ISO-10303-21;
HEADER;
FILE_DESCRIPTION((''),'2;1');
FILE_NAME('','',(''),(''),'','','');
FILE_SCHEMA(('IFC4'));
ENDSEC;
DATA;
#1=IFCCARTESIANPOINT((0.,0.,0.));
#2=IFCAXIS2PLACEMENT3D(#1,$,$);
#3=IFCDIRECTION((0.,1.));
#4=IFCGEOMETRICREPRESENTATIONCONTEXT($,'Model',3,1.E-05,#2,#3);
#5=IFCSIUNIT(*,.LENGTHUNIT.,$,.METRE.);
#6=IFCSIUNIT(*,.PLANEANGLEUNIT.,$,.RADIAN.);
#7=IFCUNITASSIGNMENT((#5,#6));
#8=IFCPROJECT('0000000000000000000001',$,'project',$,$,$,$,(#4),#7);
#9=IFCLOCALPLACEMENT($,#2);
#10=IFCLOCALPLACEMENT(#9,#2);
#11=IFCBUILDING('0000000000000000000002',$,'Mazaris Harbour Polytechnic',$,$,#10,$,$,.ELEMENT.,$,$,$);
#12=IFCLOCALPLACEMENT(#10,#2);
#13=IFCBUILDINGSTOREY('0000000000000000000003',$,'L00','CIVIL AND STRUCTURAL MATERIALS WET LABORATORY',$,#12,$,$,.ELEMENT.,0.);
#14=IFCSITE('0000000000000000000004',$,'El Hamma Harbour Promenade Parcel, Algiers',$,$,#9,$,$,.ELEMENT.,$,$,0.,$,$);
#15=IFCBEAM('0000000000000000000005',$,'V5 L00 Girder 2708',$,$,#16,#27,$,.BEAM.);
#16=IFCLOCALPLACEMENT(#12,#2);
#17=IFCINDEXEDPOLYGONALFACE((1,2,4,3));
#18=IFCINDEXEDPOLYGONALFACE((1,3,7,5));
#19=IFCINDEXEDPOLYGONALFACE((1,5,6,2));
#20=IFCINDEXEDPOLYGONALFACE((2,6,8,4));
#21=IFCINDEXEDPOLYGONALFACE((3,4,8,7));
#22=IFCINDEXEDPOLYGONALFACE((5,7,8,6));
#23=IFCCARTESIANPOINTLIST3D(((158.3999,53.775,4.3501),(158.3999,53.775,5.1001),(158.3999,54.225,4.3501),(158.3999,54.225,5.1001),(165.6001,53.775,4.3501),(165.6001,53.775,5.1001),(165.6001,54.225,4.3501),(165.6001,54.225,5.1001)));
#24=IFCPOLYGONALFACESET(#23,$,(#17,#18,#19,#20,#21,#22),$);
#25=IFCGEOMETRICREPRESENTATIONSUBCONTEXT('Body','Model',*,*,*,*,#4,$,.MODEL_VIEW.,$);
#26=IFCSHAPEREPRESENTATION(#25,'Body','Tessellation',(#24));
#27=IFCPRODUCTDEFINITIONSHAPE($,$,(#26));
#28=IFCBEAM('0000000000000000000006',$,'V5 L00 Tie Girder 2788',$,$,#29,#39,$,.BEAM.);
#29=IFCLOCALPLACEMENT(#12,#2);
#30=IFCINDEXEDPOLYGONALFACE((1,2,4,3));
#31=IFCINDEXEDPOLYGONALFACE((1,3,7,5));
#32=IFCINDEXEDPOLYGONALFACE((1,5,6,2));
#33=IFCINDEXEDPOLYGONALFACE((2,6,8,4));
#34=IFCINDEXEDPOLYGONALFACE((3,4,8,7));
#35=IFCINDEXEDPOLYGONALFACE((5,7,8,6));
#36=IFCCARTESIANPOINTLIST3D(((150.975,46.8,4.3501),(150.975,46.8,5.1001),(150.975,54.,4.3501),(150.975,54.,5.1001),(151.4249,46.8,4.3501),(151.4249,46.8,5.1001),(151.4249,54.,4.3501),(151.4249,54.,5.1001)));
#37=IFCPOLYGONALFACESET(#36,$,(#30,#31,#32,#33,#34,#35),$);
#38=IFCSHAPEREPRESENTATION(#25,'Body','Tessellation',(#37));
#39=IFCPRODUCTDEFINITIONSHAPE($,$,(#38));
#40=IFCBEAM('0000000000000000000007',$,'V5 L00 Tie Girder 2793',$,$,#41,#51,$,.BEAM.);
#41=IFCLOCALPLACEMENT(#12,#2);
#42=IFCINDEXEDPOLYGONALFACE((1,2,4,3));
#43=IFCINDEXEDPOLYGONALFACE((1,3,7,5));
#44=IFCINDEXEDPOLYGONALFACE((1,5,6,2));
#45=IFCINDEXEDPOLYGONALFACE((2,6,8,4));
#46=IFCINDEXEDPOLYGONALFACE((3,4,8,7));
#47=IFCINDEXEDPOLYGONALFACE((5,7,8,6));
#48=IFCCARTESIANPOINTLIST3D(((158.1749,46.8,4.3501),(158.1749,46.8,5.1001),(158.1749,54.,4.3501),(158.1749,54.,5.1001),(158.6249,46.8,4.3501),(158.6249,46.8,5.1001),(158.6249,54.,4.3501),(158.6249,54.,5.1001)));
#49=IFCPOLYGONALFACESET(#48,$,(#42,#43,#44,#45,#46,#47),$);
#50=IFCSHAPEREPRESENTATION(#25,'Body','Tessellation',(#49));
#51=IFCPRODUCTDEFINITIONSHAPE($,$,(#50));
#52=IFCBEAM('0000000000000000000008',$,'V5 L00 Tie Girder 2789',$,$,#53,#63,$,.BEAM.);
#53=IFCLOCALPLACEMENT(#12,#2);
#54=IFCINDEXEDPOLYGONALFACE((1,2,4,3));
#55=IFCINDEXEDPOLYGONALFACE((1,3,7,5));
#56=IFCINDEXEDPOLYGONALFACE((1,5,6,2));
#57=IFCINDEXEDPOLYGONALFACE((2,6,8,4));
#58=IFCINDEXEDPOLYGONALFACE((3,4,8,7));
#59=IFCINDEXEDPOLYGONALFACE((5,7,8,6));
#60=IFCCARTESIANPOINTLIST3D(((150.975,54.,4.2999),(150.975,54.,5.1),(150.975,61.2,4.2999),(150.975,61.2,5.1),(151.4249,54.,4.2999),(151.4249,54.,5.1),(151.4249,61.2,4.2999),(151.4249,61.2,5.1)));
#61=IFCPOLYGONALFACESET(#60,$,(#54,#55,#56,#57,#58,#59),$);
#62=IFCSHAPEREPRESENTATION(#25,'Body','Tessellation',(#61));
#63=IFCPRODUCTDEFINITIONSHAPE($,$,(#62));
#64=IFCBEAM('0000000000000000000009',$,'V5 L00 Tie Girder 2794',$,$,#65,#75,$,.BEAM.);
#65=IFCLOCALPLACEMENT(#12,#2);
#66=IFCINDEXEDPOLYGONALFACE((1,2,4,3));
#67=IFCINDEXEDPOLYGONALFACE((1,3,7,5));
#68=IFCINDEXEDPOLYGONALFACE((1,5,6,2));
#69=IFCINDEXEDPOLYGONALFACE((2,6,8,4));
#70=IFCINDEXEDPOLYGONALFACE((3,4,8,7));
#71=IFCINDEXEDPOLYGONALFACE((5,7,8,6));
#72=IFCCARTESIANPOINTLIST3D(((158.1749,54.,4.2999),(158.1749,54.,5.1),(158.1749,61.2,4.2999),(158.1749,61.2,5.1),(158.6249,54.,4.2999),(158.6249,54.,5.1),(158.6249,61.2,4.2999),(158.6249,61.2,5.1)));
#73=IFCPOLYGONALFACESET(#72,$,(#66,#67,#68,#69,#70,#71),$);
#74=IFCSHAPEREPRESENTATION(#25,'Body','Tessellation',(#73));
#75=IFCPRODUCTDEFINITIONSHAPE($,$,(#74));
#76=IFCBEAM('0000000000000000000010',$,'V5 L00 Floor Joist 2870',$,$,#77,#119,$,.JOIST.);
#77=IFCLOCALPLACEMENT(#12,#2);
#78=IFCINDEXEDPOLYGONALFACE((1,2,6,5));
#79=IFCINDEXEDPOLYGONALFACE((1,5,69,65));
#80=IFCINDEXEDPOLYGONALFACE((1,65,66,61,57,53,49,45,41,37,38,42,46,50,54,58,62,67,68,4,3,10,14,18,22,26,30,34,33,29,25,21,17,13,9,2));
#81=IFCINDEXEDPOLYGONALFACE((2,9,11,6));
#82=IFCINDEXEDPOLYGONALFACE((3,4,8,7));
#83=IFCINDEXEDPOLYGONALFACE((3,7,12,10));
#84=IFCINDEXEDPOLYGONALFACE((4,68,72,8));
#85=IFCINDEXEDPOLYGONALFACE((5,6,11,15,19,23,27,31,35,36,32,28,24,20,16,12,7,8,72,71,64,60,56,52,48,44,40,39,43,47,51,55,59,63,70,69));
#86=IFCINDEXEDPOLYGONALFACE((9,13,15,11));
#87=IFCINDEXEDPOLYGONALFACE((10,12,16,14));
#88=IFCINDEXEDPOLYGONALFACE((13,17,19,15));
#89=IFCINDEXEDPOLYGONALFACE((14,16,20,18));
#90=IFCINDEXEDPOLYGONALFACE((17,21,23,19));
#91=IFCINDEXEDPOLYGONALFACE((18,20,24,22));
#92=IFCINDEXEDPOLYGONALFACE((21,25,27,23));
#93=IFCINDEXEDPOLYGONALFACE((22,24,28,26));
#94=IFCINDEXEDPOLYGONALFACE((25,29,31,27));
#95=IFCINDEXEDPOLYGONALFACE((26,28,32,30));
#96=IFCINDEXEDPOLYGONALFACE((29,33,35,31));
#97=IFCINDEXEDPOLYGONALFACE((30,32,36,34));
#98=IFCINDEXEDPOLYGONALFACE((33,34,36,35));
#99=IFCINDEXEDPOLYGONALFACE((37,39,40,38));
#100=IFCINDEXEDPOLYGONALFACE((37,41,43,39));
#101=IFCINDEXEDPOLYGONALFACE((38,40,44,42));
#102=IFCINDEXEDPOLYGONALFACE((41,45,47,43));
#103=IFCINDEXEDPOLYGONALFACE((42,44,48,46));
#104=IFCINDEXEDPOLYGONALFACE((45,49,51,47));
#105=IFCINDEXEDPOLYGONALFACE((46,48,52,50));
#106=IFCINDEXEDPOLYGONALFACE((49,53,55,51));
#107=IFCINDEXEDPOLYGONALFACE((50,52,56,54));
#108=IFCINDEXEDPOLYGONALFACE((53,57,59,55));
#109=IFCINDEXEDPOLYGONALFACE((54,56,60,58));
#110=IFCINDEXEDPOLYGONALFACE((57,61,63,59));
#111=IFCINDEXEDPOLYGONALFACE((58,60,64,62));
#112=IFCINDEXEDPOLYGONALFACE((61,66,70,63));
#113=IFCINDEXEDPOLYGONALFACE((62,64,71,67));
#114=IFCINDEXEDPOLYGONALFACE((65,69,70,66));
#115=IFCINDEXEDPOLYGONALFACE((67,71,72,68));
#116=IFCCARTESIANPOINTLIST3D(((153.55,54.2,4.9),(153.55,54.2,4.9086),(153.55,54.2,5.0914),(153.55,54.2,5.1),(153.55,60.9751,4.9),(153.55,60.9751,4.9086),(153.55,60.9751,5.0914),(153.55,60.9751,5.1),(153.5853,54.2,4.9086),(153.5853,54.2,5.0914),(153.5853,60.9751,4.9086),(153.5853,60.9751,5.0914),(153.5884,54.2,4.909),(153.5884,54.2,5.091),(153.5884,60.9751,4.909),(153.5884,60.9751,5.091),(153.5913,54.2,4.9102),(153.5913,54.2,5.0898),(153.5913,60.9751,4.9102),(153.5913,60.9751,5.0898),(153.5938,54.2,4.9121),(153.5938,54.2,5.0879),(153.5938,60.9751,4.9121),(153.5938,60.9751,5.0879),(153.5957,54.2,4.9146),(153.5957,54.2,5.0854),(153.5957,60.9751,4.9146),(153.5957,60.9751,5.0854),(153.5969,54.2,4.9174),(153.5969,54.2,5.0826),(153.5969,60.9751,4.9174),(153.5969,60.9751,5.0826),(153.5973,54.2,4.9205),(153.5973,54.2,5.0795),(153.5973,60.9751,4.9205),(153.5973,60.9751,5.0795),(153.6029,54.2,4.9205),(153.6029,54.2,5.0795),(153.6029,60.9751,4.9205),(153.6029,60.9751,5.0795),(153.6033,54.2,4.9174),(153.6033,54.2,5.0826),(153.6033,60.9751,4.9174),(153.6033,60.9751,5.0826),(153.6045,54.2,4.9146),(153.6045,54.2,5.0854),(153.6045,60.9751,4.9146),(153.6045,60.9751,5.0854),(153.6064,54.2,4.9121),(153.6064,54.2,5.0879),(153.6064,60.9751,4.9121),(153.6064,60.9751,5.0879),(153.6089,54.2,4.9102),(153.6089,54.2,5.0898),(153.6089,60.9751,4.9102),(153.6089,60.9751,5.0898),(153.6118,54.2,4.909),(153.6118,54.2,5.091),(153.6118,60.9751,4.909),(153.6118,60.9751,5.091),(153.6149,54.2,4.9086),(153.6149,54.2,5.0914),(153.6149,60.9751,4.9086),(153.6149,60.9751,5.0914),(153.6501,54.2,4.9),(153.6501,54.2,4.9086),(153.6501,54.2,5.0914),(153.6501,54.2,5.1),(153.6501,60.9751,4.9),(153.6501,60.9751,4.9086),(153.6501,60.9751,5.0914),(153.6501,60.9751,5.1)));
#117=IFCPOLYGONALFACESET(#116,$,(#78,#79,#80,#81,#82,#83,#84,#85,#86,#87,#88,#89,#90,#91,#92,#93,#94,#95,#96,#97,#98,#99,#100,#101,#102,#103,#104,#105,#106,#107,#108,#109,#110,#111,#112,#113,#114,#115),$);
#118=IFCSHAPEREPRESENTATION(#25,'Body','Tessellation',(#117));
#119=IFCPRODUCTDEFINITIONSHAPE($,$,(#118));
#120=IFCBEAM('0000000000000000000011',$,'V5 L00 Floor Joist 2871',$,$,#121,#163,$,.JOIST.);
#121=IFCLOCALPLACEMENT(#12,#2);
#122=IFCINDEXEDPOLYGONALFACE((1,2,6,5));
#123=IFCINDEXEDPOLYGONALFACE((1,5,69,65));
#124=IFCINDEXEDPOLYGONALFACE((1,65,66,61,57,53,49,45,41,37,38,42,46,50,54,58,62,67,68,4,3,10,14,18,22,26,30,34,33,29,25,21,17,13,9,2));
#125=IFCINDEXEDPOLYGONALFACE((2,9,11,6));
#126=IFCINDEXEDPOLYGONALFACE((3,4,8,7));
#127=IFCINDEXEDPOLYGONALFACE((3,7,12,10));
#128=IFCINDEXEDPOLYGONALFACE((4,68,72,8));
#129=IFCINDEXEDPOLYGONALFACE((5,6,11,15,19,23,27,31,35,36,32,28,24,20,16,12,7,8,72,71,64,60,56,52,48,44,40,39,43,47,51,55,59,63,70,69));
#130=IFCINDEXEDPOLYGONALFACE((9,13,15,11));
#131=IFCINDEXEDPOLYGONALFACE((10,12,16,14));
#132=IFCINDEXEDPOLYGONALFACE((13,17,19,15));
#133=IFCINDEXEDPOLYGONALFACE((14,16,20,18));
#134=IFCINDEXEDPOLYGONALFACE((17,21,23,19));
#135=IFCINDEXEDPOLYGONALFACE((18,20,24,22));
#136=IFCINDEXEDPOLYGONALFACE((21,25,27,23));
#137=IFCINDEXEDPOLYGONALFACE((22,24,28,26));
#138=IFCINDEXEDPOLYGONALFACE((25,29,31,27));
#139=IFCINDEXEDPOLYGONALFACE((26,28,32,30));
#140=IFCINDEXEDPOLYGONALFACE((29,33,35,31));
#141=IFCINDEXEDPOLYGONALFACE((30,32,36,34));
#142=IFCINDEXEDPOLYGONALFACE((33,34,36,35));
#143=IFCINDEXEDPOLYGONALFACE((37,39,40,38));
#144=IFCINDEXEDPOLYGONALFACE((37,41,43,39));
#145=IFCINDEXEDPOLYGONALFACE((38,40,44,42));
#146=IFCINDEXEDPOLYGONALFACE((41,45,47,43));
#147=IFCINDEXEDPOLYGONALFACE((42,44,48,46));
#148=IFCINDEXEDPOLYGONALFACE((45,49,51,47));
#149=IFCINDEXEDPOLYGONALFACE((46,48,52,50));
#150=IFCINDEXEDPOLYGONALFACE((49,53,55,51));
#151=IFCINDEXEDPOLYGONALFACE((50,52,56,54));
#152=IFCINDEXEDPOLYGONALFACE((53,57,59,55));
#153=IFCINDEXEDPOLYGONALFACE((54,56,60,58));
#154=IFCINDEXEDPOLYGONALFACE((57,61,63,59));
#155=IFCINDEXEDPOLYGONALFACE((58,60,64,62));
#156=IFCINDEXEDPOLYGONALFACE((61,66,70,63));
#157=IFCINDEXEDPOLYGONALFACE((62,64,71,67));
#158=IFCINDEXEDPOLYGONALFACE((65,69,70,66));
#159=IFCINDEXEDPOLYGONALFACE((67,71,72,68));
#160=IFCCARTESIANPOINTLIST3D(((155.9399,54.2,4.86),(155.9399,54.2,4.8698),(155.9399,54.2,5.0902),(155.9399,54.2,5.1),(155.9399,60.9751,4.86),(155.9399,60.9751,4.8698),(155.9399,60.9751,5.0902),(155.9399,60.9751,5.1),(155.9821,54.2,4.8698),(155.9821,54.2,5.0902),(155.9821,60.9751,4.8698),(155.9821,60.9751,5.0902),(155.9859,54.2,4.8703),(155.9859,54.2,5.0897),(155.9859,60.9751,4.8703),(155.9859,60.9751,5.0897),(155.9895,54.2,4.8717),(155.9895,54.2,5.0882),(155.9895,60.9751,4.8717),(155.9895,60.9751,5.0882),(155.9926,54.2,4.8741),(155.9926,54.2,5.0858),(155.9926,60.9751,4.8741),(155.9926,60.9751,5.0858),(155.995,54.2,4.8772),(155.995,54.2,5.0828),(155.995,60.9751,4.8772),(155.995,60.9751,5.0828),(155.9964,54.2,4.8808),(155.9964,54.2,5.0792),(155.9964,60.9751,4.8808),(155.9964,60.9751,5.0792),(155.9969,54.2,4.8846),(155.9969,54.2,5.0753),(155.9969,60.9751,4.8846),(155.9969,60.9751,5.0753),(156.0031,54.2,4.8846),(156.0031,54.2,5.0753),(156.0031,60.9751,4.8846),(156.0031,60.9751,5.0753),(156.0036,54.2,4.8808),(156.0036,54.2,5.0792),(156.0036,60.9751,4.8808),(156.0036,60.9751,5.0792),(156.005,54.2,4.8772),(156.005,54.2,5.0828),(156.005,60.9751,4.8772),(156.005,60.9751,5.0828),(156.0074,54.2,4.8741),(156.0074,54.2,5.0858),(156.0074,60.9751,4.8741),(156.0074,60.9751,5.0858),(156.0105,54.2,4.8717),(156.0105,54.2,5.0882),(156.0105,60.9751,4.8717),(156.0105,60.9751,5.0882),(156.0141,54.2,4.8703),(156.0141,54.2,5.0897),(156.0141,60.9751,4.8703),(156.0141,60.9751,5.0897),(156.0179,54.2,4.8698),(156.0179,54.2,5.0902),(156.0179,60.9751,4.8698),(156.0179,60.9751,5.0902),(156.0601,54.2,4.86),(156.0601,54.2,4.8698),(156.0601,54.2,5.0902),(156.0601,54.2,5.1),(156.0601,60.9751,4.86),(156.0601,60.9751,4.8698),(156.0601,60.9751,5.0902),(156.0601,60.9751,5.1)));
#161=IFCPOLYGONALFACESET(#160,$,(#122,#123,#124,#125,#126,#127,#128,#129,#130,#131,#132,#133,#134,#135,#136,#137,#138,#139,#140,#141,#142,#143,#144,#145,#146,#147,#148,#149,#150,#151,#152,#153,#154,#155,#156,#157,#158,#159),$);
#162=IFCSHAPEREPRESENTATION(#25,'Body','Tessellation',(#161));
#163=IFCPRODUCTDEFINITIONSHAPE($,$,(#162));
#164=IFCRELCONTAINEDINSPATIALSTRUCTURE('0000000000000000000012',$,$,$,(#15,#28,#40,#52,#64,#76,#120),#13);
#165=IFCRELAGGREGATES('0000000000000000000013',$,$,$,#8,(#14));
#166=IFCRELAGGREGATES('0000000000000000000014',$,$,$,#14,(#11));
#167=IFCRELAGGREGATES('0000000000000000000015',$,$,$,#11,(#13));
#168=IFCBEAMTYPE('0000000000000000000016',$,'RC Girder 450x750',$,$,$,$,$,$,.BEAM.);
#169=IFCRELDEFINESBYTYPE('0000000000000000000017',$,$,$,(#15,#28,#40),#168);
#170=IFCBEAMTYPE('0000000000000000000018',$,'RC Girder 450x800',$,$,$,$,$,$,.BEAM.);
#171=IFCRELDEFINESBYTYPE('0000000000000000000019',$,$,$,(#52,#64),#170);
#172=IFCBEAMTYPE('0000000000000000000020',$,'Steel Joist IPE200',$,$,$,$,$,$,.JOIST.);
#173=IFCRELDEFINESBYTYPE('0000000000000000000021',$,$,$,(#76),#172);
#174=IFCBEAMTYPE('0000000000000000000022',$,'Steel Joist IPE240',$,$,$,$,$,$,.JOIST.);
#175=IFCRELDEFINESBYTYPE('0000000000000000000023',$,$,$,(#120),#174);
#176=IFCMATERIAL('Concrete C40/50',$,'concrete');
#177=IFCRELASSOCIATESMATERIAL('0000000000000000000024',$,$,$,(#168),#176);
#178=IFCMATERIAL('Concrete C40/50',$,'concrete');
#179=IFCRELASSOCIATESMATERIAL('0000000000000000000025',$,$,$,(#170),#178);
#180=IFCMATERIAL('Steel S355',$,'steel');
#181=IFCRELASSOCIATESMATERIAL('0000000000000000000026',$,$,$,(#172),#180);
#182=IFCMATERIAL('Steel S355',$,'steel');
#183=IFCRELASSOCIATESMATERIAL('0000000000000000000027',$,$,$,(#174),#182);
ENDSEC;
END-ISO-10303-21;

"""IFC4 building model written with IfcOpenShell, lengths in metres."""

from ifc_helpers import new_model, si_unit, direction, frame, origin, origin_2d, place, context, subcontext, project, spatial, rectangle, i_section, extrude, material, material_profile, profile_set, type_object, element, save


model = new_model("IFC4")

# Units and contexts
model_context = context("Model", 3, precision=1e-05, world=origin(), true_north=direction((0.0, 1.0)))
body_context = subcontext(model_context, "Body", "Model", "MODEL_VIEW")
ifc_project = project(units=[si_unit("LENGTHUNIT", "METRE"), si_unit("PLANEANGLEUNIT", "RADIAN")], contexts=[model_context])

# Site, building, storey
site_placement = place(None, origin())
site = spatial("IfcSite", under=ifc_project, at=site_placement, Name="El Hamma Harbour Promenade Parcel, Algiers", CompositionType="ELEMENT", RefElevation=0.0)
building_placement = place(site_placement, origin())
building = spatial("IfcBuilding", under=site, at=building_placement, Name="Mazaris Harbour Polytechnic", CompositionType="ELEMENT")
storey_placement = place(building_placement, origin())
storey = spatial("IfcBuildingStorey", under=building, at=storey_placement, Name="L00", Description="CIVIL AND STRUCTURAL MATERIALS WET LABORATORY", CompositionType="ELEMENT", Elevation=0.0)

# Beams
ifc_material_1 = material(Name="Concrete C40/50", Category="concrete")
ifc_material_profile_1 = material_profile(ifc_material_1, rectangle(XDim=0.45, YDim=0.75, at=origin_2d()), Name="RECT450x750")
ifc_profile_set_1 = profile_set([ifc_material_profile_1], Name="Concrete C40/50")
beam_type_1 = type_object("IfcBeamType", Name="RC Girder 450x750", PredefinedType="BEAM", material=ifc_profile_set_1)
beam_1_placement = place(storey_placement, frame((158.3999, 54.0, 4.7251), z_axis=(1.0, 0.0, 0.0), x_axis=(0.0, 1.0, 0.0)))
element("IfcBeam", 1, at=beam_1_placement, inside=storey, type_object=beam_type_1, Name="V5 L00 Girder 2708", PredefinedType="BEAM", context=body_context, shape_type="SweptSolid", body=[
    extrude(rectangle(XDim=0.45, YDim=0.75, at=origin_2d()), origin(), (0.0, 0.0, 1.0), 7.2002),
])
for number, where, z_axis, x_axis, name in (
    (2, (151.2, 46.8, 4.7251), (0.0, 1.0, 0.0), (-1.0, 0.0, 0.0), "V5 L00 Tie Girder 2788"),
    (3, (158.3999, 46.8, 4.7251), (0.0, 1.0, 0.0), (-1.0, 0.0, 0.0), "V5 L00 Tie Girder 2793"),
):
    element("IfcBeam", number, at=place(storey_placement, frame(where, z_axis=z_axis, x_axis=x_axis)), inside=storey, type_object=beam_type_1, Name=name, PredefinedType="BEAM", context=body_context, shape_type="SweptSolid", body=[
        extrude(rectangle(XDim=0.45, YDim=0.75, at=origin_2d()), origin(), (0.0, 0.0, 1.0), 7.2),
    ])
ifc_material_2 = material(Name="Concrete C40/50", Category="concrete")
ifc_material_profile_2 = material_profile(ifc_material_2, rectangle(XDim=0.45, YDim=0.8, at=origin_2d()), Name="RECT450x800")
ifc_profile_set_2 = profile_set([ifc_material_profile_2], Name="Concrete C40/50")
beam_type_2 = type_object("IfcBeamType", Name="RC Girder 450x800", PredefinedType="BEAM", material=ifc_profile_set_2)
for number, where, z_axis, x_axis, name in (
    (4, (151.2, 54.0, 4.7), (0.0, 1.0, 0.0), (-1.0, 0.0, 0.0), "V5 L00 Tie Girder 2789"),
    (5, (158.3999, 54.0, 4.7), (0.0, 1.0, 0.0), (-1.0, 0.0, 0.0), "V5 L00 Tie Girder 2794"),
):
    element("IfcBeam", number, at=place(storey_placement, frame(where, z_axis=z_axis, x_axis=x_axis)), inside=storey, type_object=beam_type_2, Name=name, PredefinedType="BEAM", context=body_context, shape_type="SweptSolid", body=[
        extrude(rectangle(XDim=0.45, YDim=0.8, at=origin_2d()), origin(), (0.0, 0.0, 1.0), 7.2),
    ])
ifc_material_3 = material(Name="Steel S355", Category="steel")
ifc_material_profile_3 = material_profile(ifc_material_3, i_section(OverallWidth=0.1001, OverallDepth=0.2, WebThickness=0.0056, FlangeThickness=0.0085, FilletRadius=0.012, at=origin_2d()), Name="IPE 200")
ifc_profile_set_3 = profile_set([ifc_material_profile_3], Name="Steel S355")
beam_type_3 = type_object("IfcBeamType", Name="Steel Joist IPE200", PredefinedType="JOIST", material=ifc_profile_set_3)
beam_2_placement = place(storey_placement, frame((153.6001, 54.2, 5.0), z_axis=(0.0, 1.0, 0.0), x_axis=(-1.0, 0.0, 0.0)))
element("IfcBeam", 6, at=beam_2_placement, inside=storey, type_object=beam_type_3, Name="V5 L00 Floor Joist 2870", PredefinedType="JOIST", context=body_context, shape_type="SweptSolid", body=[
    extrude(i_section(OverallWidth=0.1001, OverallDepth=0.2, WebThickness=0.0056, FlangeThickness=0.0085, FilletRadius=0.012, at=origin_2d()), origin(), (0.0, 0.0, 1.0), 6.7751),
])
ifc_material_4 = material(Name="Steel S355", Category="steel")
ifc_material_profile_4 = material_profile(ifc_material_4, i_section(OverallWidth=0.1201, OverallDepth=0.24, WebThickness=0.0061, FlangeThickness=0.0098, FilletRadius=0.0149, at=origin_2d()), Name="IPE 240")
ifc_profile_set_4 = profile_set([ifc_material_profile_4], Name="Steel S355")
beam_type_4 = type_object("IfcBeamType", Name="Steel Joist IPE240", PredefinedType="JOIST", material=ifc_profile_set_4)
beam_3_placement = place(storey_placement, frame((156.0, 54.2, 4.98), z_axis=(0.0, 1.0, 0.0), x_axis=(-1.0, 0.0, 0.0)))
element("IfcBeam", 7, at=beam_3_placement, inside=storey, type_object=beam_type_4, Name="V5 L00 Floor Joist 2871", PredefinedType="JOIST", context=body_context, shape_type="SweptSolid", body=[
    extrude(i_section(OverallWidth=0.1201, OverallDepth=0.24, WebThickness=0.0061, FlangeThickness=0.0098, FilletRadius=0.0149, at=origin_2d()), origin(), (0.0, 0.0, 1.0), 6.7751),
])

save(model, "model.ifc")
